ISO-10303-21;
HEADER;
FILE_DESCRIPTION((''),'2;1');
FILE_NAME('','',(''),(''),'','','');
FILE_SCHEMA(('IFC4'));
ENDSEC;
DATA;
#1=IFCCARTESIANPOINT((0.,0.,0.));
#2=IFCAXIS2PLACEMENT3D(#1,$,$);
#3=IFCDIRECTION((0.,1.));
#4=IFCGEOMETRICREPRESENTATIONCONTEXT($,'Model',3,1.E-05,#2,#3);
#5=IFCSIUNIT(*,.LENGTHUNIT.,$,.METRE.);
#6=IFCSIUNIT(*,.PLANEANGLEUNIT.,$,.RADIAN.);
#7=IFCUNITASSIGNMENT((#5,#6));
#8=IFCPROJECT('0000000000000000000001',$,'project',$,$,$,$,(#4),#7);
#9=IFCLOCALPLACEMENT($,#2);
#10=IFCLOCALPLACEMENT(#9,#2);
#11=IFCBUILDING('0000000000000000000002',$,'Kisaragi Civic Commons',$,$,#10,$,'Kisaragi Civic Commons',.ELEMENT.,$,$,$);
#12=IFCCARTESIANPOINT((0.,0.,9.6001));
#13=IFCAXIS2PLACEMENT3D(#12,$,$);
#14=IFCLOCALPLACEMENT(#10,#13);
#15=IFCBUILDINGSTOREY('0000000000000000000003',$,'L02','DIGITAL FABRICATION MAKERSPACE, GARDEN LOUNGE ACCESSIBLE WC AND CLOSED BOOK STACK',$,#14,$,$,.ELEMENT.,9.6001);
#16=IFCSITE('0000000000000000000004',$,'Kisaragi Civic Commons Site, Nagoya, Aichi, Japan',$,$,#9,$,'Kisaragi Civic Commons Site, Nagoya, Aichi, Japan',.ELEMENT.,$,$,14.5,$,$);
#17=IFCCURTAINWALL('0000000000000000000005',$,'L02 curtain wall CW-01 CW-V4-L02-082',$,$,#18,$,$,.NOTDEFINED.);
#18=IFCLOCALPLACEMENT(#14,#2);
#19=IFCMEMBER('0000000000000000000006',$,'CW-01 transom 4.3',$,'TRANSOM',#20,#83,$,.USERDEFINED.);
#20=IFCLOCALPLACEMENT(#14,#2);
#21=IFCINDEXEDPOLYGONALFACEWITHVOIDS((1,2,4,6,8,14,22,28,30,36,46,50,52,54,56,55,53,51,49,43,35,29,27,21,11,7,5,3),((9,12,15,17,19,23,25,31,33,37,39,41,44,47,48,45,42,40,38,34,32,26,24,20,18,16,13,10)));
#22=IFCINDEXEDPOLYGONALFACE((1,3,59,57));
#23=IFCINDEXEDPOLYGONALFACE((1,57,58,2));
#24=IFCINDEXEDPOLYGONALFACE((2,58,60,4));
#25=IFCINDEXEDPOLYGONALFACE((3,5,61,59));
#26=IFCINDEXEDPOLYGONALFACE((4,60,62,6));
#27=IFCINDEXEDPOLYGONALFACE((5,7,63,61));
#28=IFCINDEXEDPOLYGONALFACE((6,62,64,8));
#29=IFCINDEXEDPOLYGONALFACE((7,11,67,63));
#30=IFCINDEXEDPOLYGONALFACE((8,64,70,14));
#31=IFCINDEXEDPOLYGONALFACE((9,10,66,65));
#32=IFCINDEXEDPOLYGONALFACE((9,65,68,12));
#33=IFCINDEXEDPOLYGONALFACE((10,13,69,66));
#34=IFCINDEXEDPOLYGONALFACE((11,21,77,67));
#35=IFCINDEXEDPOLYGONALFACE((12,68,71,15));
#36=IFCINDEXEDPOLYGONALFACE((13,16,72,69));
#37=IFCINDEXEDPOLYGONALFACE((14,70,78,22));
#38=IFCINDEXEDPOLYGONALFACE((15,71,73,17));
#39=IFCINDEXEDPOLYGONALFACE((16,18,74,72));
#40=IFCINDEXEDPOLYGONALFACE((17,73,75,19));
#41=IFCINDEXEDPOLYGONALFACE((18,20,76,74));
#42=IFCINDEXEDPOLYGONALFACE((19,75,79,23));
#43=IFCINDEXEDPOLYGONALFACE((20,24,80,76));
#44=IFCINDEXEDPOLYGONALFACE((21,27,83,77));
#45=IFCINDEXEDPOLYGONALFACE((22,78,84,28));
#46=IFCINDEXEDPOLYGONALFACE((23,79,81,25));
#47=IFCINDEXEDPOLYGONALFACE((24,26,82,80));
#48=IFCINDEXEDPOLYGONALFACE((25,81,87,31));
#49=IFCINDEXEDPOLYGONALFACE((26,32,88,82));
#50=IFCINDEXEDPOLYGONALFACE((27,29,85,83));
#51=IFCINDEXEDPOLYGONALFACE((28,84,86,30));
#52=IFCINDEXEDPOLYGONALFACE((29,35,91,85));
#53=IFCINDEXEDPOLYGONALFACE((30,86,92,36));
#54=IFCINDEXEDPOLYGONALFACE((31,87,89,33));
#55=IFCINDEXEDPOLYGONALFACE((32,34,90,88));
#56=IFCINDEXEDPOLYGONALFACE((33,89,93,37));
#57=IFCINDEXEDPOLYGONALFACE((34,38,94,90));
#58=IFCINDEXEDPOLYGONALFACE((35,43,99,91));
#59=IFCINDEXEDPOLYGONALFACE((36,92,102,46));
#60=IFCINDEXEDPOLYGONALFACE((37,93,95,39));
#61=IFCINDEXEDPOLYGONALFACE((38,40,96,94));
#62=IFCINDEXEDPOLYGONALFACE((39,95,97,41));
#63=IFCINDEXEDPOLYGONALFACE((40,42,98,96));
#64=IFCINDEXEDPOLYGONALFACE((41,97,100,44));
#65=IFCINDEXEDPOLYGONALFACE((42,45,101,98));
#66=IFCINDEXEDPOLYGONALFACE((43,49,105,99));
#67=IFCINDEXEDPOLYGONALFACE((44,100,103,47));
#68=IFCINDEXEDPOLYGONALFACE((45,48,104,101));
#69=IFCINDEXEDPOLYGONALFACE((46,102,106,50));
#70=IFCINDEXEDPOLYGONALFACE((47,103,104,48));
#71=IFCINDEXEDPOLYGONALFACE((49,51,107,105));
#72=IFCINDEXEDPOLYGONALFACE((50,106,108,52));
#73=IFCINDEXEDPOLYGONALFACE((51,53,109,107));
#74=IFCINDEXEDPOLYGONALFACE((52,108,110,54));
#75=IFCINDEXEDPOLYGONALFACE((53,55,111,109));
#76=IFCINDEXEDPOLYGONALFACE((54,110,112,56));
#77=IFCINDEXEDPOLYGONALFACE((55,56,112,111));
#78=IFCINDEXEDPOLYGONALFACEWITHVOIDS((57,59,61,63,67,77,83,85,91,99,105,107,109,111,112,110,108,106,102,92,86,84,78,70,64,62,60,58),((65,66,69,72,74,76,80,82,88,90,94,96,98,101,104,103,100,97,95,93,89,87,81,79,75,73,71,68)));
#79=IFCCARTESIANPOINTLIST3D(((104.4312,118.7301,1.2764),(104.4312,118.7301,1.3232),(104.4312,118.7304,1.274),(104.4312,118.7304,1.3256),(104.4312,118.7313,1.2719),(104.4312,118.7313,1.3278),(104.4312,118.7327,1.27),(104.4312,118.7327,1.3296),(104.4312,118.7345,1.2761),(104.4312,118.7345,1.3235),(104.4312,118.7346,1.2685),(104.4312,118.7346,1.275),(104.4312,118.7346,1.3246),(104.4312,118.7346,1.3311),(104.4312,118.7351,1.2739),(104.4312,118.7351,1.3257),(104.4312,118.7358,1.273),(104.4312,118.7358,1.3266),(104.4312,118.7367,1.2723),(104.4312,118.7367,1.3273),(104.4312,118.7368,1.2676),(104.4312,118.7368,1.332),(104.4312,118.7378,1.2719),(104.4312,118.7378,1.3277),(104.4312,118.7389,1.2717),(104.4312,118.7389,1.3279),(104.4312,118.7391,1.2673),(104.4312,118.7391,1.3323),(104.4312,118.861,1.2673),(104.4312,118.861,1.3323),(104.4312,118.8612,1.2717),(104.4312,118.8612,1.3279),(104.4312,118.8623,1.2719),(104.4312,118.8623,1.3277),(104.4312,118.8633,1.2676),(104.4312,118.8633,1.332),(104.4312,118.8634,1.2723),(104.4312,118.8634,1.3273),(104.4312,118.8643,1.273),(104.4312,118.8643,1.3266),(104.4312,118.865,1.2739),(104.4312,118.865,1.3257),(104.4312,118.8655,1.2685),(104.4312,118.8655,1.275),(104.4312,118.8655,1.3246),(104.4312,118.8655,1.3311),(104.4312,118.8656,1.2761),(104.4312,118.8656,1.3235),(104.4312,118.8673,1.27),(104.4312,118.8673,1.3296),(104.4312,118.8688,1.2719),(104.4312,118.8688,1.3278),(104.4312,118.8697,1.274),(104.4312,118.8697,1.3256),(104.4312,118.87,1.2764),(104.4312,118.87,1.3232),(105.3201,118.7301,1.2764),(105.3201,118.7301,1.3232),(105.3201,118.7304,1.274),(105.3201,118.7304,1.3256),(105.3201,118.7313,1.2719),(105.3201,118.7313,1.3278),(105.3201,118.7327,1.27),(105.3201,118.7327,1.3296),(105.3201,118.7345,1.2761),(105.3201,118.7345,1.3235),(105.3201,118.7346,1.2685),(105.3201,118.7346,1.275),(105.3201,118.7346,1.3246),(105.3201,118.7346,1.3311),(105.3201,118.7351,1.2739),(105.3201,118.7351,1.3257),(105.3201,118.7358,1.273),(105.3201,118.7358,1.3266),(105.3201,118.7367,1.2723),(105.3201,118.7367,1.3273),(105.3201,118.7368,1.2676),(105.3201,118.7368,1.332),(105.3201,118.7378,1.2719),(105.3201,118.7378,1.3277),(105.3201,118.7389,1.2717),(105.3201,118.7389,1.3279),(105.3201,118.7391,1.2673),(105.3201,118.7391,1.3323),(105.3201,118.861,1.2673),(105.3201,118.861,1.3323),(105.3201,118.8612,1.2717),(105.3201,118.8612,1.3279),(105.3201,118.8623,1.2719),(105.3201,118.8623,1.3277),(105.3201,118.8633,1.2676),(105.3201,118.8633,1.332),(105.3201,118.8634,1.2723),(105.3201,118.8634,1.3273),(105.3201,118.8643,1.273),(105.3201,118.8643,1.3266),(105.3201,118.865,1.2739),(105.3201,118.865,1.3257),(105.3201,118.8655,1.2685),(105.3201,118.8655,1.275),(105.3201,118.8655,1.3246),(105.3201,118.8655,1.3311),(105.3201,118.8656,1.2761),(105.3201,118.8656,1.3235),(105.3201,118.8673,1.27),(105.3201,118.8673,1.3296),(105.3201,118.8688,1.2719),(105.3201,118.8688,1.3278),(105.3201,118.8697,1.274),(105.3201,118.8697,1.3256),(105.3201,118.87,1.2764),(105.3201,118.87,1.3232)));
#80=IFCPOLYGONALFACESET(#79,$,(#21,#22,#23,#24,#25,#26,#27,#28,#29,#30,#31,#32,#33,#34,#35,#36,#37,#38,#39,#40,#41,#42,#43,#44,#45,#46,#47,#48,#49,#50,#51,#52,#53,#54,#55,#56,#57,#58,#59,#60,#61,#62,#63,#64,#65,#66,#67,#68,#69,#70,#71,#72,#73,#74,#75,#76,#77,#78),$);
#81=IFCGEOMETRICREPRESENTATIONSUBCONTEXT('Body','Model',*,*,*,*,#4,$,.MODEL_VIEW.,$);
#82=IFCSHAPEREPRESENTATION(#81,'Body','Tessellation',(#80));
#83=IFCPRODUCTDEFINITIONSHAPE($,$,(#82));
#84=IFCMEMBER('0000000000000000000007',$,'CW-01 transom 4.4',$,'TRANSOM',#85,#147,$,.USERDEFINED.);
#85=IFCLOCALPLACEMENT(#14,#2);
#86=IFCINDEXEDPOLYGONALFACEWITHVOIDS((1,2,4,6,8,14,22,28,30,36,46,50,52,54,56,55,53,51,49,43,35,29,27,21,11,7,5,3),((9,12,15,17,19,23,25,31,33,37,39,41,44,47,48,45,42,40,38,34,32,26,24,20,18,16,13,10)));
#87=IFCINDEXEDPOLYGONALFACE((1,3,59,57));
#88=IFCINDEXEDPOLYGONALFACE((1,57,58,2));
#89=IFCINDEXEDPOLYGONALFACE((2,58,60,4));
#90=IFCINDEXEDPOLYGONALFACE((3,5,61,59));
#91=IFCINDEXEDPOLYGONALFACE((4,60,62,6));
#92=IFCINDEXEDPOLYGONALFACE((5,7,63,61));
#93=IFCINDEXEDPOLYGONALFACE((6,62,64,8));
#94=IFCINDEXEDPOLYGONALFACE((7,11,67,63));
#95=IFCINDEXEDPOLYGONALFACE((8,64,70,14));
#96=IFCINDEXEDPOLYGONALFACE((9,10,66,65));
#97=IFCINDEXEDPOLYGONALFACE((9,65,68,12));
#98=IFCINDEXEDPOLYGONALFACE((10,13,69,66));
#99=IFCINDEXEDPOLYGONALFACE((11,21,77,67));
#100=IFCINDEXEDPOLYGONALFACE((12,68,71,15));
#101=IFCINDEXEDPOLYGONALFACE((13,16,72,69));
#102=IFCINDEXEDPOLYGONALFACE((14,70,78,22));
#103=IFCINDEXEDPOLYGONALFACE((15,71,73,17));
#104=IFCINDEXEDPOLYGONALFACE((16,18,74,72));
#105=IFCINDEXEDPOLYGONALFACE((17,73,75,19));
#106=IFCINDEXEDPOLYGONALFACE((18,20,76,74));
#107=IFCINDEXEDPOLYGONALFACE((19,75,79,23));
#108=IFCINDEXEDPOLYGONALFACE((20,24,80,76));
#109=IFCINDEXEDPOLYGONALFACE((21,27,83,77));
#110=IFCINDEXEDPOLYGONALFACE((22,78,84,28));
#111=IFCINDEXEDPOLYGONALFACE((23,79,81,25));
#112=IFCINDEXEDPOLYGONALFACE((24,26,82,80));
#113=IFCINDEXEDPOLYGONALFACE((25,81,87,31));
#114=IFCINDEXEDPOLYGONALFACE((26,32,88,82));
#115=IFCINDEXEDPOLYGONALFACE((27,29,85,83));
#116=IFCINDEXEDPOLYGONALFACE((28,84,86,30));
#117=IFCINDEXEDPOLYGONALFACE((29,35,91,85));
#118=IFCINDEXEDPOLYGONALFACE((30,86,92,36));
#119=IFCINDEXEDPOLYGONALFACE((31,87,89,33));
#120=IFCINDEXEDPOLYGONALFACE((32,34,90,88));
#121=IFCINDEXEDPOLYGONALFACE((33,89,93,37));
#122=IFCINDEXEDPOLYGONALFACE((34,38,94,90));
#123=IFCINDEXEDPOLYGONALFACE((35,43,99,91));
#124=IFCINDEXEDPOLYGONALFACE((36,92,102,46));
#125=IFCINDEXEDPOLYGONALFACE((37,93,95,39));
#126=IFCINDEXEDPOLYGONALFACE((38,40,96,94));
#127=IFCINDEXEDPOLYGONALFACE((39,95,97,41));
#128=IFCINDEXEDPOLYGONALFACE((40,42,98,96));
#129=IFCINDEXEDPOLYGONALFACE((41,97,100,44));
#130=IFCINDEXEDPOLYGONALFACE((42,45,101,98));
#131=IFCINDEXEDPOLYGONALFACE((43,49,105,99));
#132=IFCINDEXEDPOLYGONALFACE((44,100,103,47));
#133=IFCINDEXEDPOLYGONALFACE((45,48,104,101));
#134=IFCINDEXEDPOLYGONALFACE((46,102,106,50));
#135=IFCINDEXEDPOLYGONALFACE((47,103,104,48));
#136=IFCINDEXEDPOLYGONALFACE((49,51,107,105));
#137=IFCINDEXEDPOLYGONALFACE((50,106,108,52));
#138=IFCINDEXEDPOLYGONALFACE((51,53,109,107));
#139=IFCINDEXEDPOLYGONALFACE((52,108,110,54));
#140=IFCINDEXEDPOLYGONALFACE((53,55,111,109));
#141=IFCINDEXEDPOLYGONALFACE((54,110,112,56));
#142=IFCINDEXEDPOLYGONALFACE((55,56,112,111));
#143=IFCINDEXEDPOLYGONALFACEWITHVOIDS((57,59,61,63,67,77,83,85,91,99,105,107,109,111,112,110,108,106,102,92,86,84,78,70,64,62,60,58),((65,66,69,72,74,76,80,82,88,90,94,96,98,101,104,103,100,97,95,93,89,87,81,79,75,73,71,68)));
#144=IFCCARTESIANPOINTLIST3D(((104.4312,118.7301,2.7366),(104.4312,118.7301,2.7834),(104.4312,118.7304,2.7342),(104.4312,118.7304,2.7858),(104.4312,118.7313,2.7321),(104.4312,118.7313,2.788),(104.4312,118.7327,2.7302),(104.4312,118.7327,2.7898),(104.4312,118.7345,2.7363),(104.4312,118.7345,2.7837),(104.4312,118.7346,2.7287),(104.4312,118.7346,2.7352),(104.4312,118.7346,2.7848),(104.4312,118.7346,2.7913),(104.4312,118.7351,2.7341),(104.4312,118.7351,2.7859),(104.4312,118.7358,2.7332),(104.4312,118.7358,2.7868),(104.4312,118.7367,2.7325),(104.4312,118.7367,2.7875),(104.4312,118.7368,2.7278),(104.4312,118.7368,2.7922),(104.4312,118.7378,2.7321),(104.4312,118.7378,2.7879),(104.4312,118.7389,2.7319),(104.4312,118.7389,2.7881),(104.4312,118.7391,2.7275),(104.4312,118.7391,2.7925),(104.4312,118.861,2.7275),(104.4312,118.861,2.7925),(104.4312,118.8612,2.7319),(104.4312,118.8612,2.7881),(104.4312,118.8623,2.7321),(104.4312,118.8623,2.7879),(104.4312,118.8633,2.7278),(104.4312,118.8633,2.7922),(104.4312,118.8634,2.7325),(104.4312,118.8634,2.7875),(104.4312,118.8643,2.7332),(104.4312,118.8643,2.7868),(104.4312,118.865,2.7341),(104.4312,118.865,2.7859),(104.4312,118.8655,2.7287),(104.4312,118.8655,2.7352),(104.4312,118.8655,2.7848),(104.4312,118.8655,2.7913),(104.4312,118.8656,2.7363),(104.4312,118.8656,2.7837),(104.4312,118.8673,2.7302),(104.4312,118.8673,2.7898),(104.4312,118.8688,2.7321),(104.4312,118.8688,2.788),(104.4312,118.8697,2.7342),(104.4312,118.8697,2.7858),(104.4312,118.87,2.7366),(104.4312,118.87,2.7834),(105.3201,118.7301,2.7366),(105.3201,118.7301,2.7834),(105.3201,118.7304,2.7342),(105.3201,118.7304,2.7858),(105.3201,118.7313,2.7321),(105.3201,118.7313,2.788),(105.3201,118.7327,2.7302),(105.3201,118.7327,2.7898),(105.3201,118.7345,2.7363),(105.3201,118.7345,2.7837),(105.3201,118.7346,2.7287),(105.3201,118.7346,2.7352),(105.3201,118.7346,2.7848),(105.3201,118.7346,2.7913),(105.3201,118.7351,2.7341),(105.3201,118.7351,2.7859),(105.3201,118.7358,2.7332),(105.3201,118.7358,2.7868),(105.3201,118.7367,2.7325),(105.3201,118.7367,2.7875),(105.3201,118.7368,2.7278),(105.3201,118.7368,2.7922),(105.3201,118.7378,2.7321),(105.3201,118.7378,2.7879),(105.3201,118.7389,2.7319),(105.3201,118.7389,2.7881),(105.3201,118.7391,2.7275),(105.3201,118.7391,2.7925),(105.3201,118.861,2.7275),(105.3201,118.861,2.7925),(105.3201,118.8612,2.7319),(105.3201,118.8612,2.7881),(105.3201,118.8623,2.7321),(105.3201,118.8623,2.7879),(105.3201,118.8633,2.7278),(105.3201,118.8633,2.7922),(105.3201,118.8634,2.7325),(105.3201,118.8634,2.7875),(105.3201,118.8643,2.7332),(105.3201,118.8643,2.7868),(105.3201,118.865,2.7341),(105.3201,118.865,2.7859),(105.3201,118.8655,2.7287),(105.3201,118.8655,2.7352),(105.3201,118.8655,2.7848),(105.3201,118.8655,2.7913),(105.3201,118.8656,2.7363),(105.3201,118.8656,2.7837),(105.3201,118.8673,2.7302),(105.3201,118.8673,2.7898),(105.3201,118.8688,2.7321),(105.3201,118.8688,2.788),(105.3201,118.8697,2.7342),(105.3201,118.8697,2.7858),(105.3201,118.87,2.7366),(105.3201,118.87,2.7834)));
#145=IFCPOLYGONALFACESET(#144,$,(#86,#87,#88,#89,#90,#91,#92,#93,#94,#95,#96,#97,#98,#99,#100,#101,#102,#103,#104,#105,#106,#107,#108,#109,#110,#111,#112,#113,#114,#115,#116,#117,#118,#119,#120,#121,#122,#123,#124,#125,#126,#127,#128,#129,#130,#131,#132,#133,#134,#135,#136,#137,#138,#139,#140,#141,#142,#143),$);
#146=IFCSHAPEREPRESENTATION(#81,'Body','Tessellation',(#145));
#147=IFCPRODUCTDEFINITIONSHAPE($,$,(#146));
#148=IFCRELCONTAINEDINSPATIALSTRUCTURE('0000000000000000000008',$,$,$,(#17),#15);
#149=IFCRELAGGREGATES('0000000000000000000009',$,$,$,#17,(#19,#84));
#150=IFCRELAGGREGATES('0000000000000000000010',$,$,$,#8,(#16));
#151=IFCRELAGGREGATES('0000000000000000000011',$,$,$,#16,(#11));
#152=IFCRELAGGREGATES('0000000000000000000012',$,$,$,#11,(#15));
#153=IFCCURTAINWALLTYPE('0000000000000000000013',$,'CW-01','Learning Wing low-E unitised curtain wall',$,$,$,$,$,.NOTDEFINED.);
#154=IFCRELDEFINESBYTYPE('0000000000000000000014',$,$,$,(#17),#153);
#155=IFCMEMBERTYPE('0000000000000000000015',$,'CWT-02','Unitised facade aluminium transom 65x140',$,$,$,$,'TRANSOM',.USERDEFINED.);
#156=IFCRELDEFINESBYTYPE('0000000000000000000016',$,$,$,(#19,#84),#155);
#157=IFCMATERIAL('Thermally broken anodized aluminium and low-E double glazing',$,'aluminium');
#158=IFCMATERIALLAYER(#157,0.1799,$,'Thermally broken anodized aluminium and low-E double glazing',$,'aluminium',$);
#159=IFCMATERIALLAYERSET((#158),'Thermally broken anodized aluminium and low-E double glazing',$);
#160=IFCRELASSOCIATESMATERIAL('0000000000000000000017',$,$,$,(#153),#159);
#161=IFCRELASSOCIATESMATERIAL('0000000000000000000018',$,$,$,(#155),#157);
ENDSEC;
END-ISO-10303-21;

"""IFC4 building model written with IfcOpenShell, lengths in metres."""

from ifc_helpers import new_model, si_unit, direction, frame, origin, origin_2d, place, context, subcontext, project, spatial, hollow_rectangle, extrude, material, layer, layer_set, material_profile, profile_set, type_object, element, aggregate, save


model = new_model("IFC4")

# Units and contexts
model_context = context("Model", 3, precision=1e-05, world=origin(), true_north=direction((0.0, 1.0)))
body_context = subcontext(model_context, "Body", "Model", "MODEL_VIEW")
ifc_project = project(units=[si_unit("LENGTHUNIT", "METRE"), si_unit("PLANEANGLEUNIT", "RADIAN")], contexts=[model_context])

# Site, building, storey
site_placement = place(None, origin())
site = spatial("IfcSite", under=ifc_project, at=site_placement, Name="Kisaragi Civic Commons Site, Nagoya, Aichi, Japan", LongName="Kisaragi Civic Commons Site, Nagoya, Aichi, Japan", CompositionType="ELEMENT", RefElevation=14.5)
building_placement = place(site_placement, origin())
building = spatial("IfcBuilding", under=site, at=building_placement, Name="Kisaragi Civic Commons", LongName="Kisaragi Civic Commons", CompositionType="ELEMENT")
storey_placement = place(building_placement, frame((0.0, 0.0, 9.6001)))
storey = spatial("IfcBuildingStorey", under=building, at=storey_placement, Name="L02", Description="DIGITAL FABRICATION MAKERSPACE, GARDEN LOUNGE ACCESSIBLE WC AND CLOSED BOOK STACK", CompositionType="ELEMENT", Elevation=9.6001)

# Curtain wall
ifc_material_1 = material(Name="Thermally broken anodized aluminium and low-E double glazing", Category="aluminium")
ifc_layer_1 = layer(ifc_material_1, 0.1799, Name="Thermally broken anodized aluminium and low-E double glazing", Category="aluminium")
ifc_layer_set_1 = layer_set([ifc_layer_1], Name="Thermally broken anodized aluminium and low-E double glazing")
curtain_wall_type = type_object("IfcCurtainWallType", Name="CW-01", Description="Learning Wing low-E unitised curtain wall", PredefinedType="NOTDEFINED", material=ifc_layer_set_1)
curtain_wall_1_placement = place(storey_placement, origin())
curtain_wall_1 = element("IfcCurtainWall", 1, at=curtain_wall_1_placement, inside=storey, type_object=curtain_wall_type, Name="L02 curtain wall CW-01 CW-V4-L02-082", PredefinedType="NOTDEFINED")

# Members
ifc_material_profile_1 = material_profile(ifc_material_1, hollow_rectangle(XDim=0.1399, YDim=0.0649, WallThickness=0.0044, InnerFilletRadius=0.0044, OuterFilletRadius=0.009, at=origin_2d()), Name="CWT-65x140x4.5", Category="aluminium")
ifc_profile_set_1 = profile_set([ifc_material_profile_1], Name="Thermally broken anodized aluminium and low-E double glazing")
member_type_1 = type_object("IfcMemberType", Name="CWT-02", Description="Unitised facade aluminium transom 65x140", ElementType="TRANSOM", PredefinedType="USERDEFINED", material=ifc_profile_set_1)
member_1_placement = place(storey_placement, frame((104.4312, 118.8, 1.2998), z_axis=(1.0, 0.0, 0.0), x_axis=(0.0, 1.0, 0.0)))
member_1 = element("IfcMember", 2, at=member_1_placement, type_object=member_type_1, Name="CW-01 transom 4.3", ObjectType="TRANSOM", PredefinedType="USERDEFINED", context=body_context, shape_type="SweptSolid", body=[
    extrude(hollow_rectangle(XDim=0.1399, YDim=0.0649, WallThickness=0.0044, InnerFilletRadius=0.0044, OuterFilletRadius=0.009, at=origin_2d()), origin(), (0.0, 0.0, 1.0), 0.8889),
])
member_2_placement = place(storey_placement, frame((104.4312, 118.8, 2.76), z_axis=(1.0, 0.0, 0.0), x_axis=(0.0, 1.0, 0.0)))
member_2 = element("IfcMember", 3, at=member_2_placement, type_object=member_type_1, Name="CW-01 transom 4.4", ObjectType="TRANSOM", PredefinedType="USERDEFINED", context=body_context, shape_type="SweptSolid", body=[
    extrude(hollow_rectangle(XDim=0.1399, YDim=0.0649, WallThickness=0.0044, InnerFilletRadius=0.0044, OuterFilletRadius=0.009, at=origin_2d()), origin(), (0.0, 0.0, 1.0), 0.8889),
])

aggregate(curtain_wall_1, [member_1, member_2])

save(model, "model.ifc")
